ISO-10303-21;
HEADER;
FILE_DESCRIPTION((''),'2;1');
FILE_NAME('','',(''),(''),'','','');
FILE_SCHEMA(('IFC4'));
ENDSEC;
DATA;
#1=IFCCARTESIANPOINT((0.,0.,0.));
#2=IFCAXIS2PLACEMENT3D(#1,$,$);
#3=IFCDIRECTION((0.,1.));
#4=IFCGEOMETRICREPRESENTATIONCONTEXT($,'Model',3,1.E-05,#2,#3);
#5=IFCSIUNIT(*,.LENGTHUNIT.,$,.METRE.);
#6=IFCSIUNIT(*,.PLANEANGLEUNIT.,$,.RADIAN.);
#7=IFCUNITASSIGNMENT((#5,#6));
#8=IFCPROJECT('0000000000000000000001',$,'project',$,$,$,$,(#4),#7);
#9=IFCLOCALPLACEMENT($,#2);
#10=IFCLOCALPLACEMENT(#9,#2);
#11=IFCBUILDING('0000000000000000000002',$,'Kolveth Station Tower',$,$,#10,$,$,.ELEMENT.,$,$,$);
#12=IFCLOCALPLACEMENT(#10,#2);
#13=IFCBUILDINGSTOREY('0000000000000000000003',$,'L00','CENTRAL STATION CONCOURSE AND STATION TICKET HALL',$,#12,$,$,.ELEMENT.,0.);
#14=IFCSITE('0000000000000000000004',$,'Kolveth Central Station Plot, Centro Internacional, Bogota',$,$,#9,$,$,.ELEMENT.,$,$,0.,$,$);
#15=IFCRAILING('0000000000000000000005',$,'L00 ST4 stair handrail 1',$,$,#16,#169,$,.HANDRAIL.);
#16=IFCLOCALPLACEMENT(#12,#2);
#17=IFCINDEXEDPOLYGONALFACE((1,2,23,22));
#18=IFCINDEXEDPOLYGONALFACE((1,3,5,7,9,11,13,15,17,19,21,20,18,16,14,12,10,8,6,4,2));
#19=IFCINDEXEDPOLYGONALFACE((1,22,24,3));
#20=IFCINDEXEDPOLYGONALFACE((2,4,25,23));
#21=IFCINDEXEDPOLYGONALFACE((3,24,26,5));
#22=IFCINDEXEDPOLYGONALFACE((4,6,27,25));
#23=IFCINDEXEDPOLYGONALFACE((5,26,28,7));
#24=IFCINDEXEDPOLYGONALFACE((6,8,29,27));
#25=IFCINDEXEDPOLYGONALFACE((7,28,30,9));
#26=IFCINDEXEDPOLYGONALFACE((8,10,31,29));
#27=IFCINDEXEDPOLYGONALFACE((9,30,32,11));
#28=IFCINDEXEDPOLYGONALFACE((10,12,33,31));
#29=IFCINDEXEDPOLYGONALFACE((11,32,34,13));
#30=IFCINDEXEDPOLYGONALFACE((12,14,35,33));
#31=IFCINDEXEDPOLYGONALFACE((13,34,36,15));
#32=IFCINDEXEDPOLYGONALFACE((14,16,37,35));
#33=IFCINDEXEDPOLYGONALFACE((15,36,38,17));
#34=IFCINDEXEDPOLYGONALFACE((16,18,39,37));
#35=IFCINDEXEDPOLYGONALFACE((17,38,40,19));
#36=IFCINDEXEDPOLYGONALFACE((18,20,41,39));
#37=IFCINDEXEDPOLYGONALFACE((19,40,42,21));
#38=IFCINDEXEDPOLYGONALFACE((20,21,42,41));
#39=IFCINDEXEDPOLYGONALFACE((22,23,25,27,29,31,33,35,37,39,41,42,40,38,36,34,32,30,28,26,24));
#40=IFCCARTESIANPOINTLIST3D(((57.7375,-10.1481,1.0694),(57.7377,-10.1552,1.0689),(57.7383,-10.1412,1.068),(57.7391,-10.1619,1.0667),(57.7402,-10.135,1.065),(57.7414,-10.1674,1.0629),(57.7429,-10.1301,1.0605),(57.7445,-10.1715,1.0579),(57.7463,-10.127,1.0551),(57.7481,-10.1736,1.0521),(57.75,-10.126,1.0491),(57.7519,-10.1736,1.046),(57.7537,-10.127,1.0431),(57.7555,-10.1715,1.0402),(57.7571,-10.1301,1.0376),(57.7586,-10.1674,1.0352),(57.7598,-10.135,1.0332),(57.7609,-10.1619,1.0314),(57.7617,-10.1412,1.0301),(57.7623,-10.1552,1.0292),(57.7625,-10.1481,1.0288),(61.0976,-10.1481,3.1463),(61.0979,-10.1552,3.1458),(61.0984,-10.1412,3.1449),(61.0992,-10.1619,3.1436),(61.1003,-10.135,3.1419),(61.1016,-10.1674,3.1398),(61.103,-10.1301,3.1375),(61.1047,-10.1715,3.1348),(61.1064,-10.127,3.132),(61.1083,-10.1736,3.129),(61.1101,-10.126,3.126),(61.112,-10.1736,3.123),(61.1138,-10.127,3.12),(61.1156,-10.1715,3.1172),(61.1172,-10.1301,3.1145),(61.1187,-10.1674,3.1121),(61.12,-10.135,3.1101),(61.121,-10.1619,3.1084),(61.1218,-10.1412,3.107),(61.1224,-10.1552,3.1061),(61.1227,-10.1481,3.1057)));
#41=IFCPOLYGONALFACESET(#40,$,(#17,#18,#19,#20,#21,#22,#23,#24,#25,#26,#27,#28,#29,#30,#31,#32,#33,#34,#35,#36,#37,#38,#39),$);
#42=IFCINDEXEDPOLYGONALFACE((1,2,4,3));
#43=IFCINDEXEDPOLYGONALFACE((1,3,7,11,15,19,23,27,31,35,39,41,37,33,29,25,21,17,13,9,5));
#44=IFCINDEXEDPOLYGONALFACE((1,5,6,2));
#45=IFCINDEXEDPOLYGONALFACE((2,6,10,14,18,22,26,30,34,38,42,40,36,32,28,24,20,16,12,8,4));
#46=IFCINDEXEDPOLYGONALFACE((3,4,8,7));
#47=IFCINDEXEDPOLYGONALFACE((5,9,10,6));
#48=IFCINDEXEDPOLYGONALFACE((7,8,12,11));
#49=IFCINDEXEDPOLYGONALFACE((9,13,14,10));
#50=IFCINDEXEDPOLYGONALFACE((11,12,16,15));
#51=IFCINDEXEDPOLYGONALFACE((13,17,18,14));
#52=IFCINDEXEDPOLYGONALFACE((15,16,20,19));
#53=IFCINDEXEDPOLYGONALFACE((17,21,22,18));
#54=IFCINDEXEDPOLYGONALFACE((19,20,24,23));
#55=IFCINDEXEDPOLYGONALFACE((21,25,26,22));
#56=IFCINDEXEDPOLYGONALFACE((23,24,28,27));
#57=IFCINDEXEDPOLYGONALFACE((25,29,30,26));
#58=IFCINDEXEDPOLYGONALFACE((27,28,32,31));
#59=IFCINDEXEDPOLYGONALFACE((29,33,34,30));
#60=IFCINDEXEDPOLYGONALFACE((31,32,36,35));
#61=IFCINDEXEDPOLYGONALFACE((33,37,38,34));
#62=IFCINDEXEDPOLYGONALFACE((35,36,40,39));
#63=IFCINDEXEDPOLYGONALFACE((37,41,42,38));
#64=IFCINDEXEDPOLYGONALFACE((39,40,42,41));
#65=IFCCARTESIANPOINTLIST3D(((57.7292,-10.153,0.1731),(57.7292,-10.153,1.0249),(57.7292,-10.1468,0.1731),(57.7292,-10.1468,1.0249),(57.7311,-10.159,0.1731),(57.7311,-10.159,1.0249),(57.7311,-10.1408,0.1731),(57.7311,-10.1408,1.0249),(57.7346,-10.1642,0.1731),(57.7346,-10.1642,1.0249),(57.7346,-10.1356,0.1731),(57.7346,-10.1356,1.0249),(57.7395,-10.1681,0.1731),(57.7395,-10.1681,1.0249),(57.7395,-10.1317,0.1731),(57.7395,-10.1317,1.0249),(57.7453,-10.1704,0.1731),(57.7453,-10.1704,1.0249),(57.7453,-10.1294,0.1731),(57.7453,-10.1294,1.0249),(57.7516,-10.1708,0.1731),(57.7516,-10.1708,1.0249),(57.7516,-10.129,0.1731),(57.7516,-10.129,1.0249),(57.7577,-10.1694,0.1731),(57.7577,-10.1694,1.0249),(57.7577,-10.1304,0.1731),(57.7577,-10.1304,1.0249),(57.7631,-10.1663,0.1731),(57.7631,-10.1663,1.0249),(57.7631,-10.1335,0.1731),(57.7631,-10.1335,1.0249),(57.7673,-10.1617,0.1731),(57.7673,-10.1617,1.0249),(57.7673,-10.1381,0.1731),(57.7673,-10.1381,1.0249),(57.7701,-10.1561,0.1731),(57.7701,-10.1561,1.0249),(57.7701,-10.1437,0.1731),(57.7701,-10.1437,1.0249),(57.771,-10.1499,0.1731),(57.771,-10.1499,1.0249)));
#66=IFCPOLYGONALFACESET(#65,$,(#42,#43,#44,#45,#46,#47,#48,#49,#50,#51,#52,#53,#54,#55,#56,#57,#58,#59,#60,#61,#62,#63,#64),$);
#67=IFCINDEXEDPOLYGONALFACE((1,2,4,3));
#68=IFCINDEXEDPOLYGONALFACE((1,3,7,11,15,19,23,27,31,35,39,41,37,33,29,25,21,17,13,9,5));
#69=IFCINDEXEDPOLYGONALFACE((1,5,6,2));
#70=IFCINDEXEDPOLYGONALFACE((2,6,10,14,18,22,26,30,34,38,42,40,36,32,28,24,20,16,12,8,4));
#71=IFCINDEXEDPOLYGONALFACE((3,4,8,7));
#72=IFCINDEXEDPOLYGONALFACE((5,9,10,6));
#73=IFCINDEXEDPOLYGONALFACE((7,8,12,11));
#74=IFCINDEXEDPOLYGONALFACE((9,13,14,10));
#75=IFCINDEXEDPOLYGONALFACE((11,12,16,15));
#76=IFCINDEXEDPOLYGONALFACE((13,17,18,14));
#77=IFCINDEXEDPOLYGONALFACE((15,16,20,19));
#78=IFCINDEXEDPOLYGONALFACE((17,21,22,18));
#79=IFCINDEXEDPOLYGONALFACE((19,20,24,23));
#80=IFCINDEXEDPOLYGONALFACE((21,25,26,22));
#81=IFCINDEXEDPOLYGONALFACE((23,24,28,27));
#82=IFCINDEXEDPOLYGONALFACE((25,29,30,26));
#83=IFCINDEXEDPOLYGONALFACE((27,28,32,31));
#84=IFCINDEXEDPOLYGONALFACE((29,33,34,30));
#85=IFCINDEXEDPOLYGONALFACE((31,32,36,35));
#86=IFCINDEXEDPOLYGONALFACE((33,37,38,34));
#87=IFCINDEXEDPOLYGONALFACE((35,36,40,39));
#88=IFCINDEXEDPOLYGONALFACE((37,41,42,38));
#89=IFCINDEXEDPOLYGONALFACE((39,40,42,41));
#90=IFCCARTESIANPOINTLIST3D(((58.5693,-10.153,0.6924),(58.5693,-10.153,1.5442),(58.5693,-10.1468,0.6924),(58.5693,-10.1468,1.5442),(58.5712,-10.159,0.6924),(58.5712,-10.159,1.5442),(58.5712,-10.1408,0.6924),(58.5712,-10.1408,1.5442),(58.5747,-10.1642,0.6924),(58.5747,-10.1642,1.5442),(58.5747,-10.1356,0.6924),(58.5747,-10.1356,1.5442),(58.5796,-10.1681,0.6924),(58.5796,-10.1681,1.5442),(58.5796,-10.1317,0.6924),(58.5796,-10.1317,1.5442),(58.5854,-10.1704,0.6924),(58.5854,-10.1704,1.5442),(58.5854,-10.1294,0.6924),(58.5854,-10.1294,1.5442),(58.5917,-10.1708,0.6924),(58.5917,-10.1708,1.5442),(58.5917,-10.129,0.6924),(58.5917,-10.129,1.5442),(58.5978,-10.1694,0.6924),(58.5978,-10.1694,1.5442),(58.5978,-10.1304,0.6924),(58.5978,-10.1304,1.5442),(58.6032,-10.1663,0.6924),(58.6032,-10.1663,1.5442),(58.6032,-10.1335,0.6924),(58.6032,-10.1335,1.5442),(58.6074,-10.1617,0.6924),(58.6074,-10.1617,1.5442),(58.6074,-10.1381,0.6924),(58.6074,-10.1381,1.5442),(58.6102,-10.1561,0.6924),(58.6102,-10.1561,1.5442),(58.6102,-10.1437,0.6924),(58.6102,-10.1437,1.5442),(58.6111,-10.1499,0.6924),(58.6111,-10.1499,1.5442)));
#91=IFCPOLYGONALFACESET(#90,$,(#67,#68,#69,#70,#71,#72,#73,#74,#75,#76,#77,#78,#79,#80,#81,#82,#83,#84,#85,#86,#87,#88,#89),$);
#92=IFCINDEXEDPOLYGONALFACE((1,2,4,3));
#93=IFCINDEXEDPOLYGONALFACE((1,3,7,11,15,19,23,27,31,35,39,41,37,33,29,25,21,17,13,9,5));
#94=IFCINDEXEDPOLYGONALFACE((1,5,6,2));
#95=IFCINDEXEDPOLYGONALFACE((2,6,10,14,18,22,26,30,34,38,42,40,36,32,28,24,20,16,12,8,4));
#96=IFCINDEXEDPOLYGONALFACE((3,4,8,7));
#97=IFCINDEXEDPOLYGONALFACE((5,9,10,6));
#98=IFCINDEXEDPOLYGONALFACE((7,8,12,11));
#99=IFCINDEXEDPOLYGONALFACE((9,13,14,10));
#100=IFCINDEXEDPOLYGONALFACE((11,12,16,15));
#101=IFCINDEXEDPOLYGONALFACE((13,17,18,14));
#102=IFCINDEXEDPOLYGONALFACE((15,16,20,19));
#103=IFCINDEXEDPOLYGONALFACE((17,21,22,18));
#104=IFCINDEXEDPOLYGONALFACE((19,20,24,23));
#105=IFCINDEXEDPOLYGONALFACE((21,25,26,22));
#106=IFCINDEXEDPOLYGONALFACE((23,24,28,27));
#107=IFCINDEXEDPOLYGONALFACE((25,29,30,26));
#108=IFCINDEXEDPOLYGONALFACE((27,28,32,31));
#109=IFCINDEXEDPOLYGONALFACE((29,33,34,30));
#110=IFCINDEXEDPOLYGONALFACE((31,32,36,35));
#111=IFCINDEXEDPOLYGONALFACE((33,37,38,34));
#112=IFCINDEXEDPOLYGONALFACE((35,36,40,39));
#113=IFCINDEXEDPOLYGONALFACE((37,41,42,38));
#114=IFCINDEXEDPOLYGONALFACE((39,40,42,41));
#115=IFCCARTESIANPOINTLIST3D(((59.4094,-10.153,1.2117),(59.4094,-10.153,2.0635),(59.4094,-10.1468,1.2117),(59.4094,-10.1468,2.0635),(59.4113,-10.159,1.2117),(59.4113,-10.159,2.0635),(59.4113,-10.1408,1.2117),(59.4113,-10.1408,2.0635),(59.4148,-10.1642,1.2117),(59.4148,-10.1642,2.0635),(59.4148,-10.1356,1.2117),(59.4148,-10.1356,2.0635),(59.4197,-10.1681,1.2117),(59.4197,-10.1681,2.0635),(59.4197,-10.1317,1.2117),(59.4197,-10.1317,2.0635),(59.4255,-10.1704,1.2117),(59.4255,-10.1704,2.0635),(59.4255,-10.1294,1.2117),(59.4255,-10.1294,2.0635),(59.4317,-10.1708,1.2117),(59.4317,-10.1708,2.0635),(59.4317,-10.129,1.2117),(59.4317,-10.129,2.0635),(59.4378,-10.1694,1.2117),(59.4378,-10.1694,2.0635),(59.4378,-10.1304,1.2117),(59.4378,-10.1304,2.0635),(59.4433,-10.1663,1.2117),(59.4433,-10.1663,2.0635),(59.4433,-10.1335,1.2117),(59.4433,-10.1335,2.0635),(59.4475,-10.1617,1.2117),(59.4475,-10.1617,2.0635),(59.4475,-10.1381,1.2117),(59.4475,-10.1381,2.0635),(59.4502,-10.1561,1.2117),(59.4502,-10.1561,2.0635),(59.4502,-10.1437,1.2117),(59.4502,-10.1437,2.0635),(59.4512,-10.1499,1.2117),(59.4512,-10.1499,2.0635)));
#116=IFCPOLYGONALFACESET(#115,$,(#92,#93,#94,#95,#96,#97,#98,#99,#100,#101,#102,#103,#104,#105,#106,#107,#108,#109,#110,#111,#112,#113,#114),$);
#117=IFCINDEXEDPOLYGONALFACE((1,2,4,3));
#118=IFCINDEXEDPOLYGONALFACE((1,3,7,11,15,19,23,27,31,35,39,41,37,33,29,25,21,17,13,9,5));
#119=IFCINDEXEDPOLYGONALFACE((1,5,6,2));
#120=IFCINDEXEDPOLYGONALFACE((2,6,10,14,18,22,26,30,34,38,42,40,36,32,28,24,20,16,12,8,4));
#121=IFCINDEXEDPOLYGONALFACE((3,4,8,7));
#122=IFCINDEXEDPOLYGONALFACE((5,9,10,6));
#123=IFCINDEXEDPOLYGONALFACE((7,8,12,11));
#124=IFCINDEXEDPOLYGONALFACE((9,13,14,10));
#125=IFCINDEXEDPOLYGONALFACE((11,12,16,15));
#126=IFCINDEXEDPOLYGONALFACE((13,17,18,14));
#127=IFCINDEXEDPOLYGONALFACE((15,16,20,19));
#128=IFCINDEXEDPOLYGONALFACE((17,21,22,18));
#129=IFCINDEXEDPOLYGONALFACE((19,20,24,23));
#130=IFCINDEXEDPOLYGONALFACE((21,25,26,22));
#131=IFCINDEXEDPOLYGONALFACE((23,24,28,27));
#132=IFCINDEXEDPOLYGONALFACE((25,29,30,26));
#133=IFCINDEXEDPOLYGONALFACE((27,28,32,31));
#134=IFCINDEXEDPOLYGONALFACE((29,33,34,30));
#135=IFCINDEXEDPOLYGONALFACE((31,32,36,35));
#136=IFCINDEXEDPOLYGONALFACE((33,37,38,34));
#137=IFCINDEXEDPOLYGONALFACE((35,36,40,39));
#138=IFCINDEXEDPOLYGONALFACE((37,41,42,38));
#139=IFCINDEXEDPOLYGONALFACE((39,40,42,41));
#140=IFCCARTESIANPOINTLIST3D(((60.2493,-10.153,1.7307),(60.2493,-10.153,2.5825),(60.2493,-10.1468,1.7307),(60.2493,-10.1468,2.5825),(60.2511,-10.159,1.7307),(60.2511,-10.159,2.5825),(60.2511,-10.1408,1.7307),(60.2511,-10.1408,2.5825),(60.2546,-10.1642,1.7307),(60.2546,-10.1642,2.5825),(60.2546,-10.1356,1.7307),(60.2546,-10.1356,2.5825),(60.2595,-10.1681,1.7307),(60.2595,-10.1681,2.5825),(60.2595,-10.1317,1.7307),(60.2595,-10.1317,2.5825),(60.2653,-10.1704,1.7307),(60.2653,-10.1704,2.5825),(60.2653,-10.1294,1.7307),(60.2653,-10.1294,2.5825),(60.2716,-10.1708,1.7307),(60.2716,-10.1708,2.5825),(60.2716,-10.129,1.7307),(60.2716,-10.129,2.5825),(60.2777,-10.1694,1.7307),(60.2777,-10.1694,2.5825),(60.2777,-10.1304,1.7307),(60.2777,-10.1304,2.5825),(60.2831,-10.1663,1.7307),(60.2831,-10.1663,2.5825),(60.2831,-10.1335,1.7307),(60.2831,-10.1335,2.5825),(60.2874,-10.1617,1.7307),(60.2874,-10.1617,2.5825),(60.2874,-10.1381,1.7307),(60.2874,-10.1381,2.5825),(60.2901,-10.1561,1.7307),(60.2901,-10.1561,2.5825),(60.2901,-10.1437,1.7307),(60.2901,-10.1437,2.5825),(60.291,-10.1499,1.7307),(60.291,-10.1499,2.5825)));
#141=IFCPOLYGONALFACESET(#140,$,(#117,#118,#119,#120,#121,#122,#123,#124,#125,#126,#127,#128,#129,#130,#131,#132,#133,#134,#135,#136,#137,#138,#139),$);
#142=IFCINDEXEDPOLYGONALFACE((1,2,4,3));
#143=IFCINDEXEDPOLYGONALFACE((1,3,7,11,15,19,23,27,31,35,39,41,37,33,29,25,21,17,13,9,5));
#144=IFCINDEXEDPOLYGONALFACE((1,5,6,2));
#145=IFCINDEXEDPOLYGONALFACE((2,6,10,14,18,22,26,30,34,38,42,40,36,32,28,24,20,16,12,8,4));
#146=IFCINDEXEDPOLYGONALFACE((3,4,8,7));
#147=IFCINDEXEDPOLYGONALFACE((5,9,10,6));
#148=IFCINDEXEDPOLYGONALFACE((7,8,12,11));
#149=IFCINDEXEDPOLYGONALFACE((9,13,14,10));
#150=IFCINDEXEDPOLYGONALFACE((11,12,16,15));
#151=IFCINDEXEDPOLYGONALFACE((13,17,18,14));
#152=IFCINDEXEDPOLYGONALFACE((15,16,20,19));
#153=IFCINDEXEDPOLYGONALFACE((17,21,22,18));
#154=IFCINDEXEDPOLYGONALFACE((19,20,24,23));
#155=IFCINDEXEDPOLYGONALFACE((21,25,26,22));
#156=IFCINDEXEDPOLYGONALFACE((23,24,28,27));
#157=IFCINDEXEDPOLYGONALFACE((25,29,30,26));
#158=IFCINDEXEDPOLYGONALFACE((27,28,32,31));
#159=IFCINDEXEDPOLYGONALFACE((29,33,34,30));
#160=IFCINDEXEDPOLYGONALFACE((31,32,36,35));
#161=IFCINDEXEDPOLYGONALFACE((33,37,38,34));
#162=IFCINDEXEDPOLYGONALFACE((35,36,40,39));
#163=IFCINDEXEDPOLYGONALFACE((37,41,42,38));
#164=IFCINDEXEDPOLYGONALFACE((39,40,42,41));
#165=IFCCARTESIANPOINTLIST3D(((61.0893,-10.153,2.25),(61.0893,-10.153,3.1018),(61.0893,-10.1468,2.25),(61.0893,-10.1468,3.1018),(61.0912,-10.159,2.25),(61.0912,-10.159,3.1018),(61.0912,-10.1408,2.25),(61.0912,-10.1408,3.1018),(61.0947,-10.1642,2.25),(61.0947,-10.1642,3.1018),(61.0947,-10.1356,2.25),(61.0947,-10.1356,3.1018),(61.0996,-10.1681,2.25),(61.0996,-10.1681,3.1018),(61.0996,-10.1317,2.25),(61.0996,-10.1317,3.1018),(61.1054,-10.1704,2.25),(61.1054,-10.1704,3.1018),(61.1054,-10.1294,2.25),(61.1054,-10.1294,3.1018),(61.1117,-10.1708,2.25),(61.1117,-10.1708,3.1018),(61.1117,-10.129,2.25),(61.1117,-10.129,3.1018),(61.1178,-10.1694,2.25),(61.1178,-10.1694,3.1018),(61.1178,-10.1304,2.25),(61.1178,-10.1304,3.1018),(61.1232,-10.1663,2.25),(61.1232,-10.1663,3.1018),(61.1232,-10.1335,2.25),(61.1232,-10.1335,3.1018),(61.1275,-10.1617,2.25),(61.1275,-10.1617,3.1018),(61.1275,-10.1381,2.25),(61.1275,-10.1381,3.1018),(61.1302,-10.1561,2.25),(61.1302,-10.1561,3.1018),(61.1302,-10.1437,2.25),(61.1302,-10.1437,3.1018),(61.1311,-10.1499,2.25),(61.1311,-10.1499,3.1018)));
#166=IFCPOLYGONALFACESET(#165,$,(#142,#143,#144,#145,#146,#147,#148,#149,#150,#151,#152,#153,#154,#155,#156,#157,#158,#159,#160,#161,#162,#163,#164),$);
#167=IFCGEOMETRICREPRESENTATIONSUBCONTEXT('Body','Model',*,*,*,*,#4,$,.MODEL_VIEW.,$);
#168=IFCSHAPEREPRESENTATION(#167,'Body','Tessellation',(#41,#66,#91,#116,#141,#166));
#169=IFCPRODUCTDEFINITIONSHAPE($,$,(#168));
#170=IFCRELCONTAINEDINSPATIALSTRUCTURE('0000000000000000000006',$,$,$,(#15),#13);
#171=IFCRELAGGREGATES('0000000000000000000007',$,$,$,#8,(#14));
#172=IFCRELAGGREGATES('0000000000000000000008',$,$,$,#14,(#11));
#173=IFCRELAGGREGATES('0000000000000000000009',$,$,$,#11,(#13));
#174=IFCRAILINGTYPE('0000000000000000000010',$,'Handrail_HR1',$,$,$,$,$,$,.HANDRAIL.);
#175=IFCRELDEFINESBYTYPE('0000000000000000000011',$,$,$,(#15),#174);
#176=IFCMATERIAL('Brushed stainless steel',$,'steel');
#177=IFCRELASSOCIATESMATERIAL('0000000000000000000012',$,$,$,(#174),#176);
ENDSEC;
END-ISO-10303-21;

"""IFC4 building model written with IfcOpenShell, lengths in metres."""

from ifc_helpers import new_model, si_unit, direction, frame, origin, origin_2d, place, context, subcontext, project, spatial, circle, extrude, material, type_object, element, save


model = new_model("IFC4")

# Units and contexts
model_context = context("Model", 3, precision=1e-05, world=origin(), true_north=direction((0.0, 1.0)))
body_context = subcontext(model_context, "Body", "Model", "MODEL_VIEW")
ifc_project = project(units=[si_unit("LENGTHUNIT", "METRE"), si_unit("PLANEANGLEUNIT", "RADIAN")], contexts=[model_context])

# Site, building, storey
site_placement = place(None, origin())
site = spatial("IfcSite", under=ifc_project, at=site_placement, Name="Kolveth Central Station Plot, Centro Internacional, Bogota", CompositionType="ELEMENT", RefElevation=0.0)
building_placement = place(site_placement, origin())
building = spatial("IfcBuilding", under=site, at=building_placement, Name="Kolveth Station Tower", CompositionType="ELEMENT")
storey_placement = place(building_placement, origin())
storey = spatial("IfcBuildingStorey", under=building, at=storey_placement, Name="L00", Description="CENTRAL STATION CONCOURSE AND STATION TICKET HALL", CompositionType="ELEMENT", Elevation=0.0)

# Railing
ifc_material_1 = material(Name="Brushed stainless steel", Category="steel")
railing_type_1 = type_object("IfcRailingType", Name="Handrail_HR1", PredefinedType="HANDRAIL", material=ifc_material_1)
railing_1_placement = place(storey_placement, frame((57.75, -10.1499, 0.1731)))
element("IfcRailing", 1, at=railing_1_placement, inside=storey, type_object=railing_type_1, Name="L00 ST4 stair handrail 1", PredefinedType="HANDRAIL", context=body_context, shape_type="SweptSolid", body=[
    extrude(circle(Radius=0.0239, at=origin_2d()), frame((0.0, 0.0, 0.876), z_axis=(0.850623, 0.0, 0.525776), x_axis=(0.0, 1.0, 0.0)), (0.0, 0.0, 1.0), 3.9502),
    extrude(circle(Radius=0.021, at=origin_2d()), origin(), (0.0, 0.0, 1.0), 0.8518),
    extrude(circle(Radius=0.021, at=origin_2d()), frame((0.8401, 0.0, 0.5193)), (0.0, 0.0, 1.0), 0.8518),
    extrude(circle(Radius=0.021, at=origin_2d()), frame((1.6802, 0.0, 1.0386)), (0.0, 0.0, 1.0), 0.8518),
    extrude(circle(Radius=0.021, at=origin_2d()), frame((2.52, 0.0, 1.5576)), (0.0, 0.0, 1.0), 0.8518),
    extrude(circle(Radius=0.021, at=origin_2d()), frame((3.3601, 0.0, 2.0769)), (0.0, 0.0, 1.0), 0.8518),
])

save(model, "model.ifc")
